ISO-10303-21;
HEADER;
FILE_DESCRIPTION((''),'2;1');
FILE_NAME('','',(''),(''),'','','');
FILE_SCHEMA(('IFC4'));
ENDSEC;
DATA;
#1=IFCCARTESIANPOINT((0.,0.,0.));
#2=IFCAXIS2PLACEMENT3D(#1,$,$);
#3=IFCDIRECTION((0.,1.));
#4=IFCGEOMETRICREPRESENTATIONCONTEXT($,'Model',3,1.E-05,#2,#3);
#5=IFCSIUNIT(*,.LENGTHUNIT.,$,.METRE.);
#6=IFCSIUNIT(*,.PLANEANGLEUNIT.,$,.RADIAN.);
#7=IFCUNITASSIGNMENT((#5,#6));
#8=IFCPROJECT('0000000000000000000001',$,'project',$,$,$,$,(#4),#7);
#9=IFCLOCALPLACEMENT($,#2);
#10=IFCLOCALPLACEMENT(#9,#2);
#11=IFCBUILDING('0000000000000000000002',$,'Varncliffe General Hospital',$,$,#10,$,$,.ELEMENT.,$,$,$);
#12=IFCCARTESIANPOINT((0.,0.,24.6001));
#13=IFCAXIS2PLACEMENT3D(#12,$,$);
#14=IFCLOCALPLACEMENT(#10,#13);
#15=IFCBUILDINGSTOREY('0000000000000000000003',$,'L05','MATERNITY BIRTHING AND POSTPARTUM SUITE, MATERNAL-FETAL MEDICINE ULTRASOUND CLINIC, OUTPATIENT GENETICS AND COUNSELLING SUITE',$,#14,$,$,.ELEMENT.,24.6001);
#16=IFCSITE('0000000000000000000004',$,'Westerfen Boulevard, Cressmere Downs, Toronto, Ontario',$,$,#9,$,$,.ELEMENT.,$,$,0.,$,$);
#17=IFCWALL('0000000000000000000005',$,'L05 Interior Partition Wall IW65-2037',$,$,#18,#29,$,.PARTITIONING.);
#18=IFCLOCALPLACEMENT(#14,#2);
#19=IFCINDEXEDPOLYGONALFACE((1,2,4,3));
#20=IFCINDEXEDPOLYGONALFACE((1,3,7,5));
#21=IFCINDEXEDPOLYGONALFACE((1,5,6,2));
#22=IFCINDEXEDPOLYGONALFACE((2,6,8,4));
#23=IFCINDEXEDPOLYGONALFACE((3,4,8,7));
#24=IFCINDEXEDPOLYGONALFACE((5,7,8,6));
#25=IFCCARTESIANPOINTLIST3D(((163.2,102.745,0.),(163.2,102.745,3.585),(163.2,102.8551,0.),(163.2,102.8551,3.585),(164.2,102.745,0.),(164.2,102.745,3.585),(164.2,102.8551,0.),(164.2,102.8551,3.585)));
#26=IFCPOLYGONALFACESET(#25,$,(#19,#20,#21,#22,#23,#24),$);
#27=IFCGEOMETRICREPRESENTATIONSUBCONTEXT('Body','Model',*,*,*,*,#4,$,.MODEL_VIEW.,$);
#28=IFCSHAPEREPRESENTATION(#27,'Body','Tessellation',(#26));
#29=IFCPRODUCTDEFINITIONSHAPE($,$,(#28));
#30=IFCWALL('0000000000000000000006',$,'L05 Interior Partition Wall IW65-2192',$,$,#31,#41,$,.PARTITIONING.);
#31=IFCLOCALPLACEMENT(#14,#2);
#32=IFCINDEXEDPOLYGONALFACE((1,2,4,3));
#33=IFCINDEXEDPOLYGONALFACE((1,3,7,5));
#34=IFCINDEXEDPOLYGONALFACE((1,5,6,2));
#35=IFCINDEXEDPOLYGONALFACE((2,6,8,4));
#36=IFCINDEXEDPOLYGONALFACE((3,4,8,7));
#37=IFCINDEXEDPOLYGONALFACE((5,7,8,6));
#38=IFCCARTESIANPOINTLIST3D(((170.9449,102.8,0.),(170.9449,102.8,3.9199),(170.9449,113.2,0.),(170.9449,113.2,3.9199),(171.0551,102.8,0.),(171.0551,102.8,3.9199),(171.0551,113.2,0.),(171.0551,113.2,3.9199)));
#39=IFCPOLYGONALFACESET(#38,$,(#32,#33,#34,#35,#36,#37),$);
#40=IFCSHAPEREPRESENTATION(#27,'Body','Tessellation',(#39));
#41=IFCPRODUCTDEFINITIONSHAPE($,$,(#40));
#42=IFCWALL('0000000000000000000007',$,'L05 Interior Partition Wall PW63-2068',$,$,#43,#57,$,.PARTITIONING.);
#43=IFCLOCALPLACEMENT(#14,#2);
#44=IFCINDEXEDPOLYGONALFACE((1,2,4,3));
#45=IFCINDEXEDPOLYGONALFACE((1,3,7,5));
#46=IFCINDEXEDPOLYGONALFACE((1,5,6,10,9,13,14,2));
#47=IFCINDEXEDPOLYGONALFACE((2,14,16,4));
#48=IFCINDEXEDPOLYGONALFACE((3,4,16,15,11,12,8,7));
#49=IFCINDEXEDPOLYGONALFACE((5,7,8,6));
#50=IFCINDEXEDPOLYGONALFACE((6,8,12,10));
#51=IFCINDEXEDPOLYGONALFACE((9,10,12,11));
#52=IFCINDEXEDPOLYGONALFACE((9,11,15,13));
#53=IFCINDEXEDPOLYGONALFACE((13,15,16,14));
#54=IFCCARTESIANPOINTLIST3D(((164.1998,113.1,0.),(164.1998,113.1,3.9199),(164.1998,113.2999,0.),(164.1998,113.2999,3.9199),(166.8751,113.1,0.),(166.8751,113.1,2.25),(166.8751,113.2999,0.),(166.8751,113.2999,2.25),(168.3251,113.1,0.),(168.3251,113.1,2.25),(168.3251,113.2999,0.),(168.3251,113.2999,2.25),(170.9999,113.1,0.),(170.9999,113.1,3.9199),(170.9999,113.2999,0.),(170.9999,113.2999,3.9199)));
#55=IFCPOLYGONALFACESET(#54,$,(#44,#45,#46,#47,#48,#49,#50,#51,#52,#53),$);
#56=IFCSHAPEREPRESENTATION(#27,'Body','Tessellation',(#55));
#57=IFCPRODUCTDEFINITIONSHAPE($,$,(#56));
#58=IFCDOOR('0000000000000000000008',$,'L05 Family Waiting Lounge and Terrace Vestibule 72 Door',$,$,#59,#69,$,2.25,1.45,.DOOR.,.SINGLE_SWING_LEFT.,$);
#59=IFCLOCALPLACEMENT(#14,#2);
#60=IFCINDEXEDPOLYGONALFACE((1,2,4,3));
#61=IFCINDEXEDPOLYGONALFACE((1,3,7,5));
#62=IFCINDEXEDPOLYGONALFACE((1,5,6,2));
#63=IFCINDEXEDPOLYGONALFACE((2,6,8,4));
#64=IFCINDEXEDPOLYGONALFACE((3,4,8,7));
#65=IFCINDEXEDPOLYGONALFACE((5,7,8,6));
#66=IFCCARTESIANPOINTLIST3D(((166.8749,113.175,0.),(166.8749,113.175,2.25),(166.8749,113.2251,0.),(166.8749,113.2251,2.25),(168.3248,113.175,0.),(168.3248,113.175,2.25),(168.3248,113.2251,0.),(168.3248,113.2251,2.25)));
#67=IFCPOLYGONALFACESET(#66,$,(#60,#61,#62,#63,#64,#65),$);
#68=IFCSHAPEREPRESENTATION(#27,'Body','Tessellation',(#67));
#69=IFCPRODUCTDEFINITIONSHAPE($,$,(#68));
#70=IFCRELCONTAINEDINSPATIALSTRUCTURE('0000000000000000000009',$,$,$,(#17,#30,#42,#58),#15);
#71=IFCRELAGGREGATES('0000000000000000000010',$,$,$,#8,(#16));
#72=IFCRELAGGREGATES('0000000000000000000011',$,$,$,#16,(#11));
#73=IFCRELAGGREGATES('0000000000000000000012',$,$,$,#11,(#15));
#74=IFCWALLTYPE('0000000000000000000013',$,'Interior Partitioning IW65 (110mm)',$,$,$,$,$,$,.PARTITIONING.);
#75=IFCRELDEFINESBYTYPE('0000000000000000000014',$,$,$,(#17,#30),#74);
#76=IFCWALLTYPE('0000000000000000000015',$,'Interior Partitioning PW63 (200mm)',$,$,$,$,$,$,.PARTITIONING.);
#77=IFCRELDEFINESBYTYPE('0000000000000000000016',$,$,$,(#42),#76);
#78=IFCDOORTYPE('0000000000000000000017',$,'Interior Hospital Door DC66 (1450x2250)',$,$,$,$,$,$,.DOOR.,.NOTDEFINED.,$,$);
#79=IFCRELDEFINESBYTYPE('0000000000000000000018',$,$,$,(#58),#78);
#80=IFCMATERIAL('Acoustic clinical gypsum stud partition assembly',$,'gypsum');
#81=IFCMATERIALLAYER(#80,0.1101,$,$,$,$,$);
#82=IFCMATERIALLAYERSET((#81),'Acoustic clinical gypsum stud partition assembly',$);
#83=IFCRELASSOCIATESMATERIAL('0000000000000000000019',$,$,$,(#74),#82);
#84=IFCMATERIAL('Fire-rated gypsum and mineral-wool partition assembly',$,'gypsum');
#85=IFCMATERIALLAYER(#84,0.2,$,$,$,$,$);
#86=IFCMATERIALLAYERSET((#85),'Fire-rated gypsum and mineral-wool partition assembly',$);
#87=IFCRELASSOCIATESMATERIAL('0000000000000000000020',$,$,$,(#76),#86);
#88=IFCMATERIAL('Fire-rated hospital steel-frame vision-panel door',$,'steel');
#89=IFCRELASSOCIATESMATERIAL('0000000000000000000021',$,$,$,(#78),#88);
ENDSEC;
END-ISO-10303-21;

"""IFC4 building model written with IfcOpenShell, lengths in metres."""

from ifc_helpers import new_model, si_unit, direction, frame, frame_2d, origin, place, context, subcontext, project, spatial, rectangle, extrude, material, layer, layer_set, type_object, element, fill, save


model = new_model("IFC4")

# Units and contexts
model_context = context("Model", 3, precision=1e-05, world=origin(), true_north=direction((0.0, 1.0)))
body_context = subcontext(model_context, "Body", "Model", "MODEL_VIEW")
ifc_project = project(units=[si_unit("LENGTHUNIT", "METRE"), si_unit("PLANEANGLEUNIT", "RADIAN")], contexts=[model_context])

# Site, building, storey
site_placement = place(None, origin())
site = spatial("IfcSite", under=ifc_project, at=site_placement, Name="Westerfen Boulevard, Cressmere Downs, Toronto, Ontario", CompositionType="ELEMENT", RefElevation=0.0)
building_placement = place(site_placement, origin())
building = spatial("IfcBuilding", under=site, at=building_placement, Name="Varncliffe General Hospital", CompositionType="ELEMENT")
storey_placement = place(building_placement, frame((0.0, 0.0, 24.6001)))
storey = spatial("IfcBuildingStorey", under=building, at=storey_placement, Name="L05", Description="MATERNITY BIRTHING AND POSTPARTUM SUITE, MATERNAL-FETAL MEDICINE ULTRASOUND CLINIC, OUTPATIENT GENETICS AND COUNSELLING SUITE", CompositionType="ELEMENT", Elevation=24.6001)

# Walls
ifc_material_1 = material(Name="Acoustic clinical gypsum stud partition assembly", Category="gypsum")
ifc_layer_1 = layer(ifc_material_1, 0.1101)
ifc_layer_set_1 = layer_set([ifc_layer_1], Name="Acoustic clinical gypsum stud partition assembly")
wall_type_1 = type_object("IfcWallType", Name="Interior Partitioning IW65 (110mm)", PredefinedType="PARTITIONING", material=ifc_layer_set_1)
wall_1_placement = place(storey_placement, frame((163.2, 102.8, 0.0), z_axis=(0.0, 0.0, 1.0), x_axis=(1.0, 0.0, 0.0)))
element("IfcWall", 1, at=wall_1_placement, inside=storey, type_object=wall_type_1, Name="L05 Interior Partition Wall IW65-2037", PredefinedType="PARTITIONING", context=body_context, shape_type="SweptSolid", body=[
    extrude(rectangle(XDim=1.0, YDim=0.1101, at=frame_2d((0.5, 0.0))), origin(), (0.0, 0.0, 1.0), 3.585),
])
wall_2_placement = place(storey_placement, frame((171.0, 102.8, 0.0), z_axis=(0.0, 0.0, 1.0), x_axis=(0.0, 1.0, 0.0)))
element("IfcWall", 2, at=wall_2_placement, inside=storey, type_object=wall_type_1, Name="L05 Interior Partition Wall IW65-2192", PredefinedType="PARTITIONING", context=body_context, shape_type="SweptSolid", body=[
    extrude(rectangle(XDim=10.3999, YDim=0.1101, at=frame_2d((5.2, 0.0))), origin(), (0.0, 0.0, 1.0), 3.9199),
])

# Wall, opening, door
ifc_material_2 = material(Name="Fire-rated gypsum and mineral-wool partition assembly", Category="gypsum")
ifc_layer_2 = layer(ifc_material_2, 0.2)
ifc_layer_set_2 = layer_set([ifc_layer_2], Name="Fire-rated gypsum and mineral-wool partition assembly")
wall_type_2 = type_object("IfcWallType", Name="Interior Partitioning PW63 (200mm)", PredefinedType="PARTITIONING", material=ifc_layer_set_2)
wall_3_placement = place(storey_placement, frame((164.2, 113.2, 0.0), z_axis=(0.0, 0.0, 1.0), x_axis=(1.0, 0.0, 0.0)))
wall_3 = element("IfcWall", 3, at=wall_3_placement, inside=storey, type_object=wall_type_2, Name="L05 Interior Partition Wall PW63-2068", PredefinedType="PARTITIONING", context=body_context, shape_type="SweptSolid", body=[
    extrude(rectangle(XDim=6.8, YDim=0.2, at=frame_2d((3.3999, 0.0))), origin(), (0.0, 0.0, 1.0), 3.9199),
])
opening_1_placement = place(wall_3_placement, frame((2.675, 0.0, 0.0)))
opening_1 = element("IfcOpeningElement", 4, at=opening_1_placement, cuts=wall_3, PredefinedType="OPENING", context=body_context, shape_type="SweptSolid", body=[
    extrude(rectangle(XDim=1.45, YDim=2.25, at=frame_2d((0.7251, 1.125))), frame((0.0, 0.1099, 0.0), z_axis=(0.0, -1.0, 0.0), x_axis=(1.0, 0.0, 0.0)), (0.0, 0.0, 1.0), 0.22),
])
ifc_material_3 = material(Name="Fire-rated hospital steel-frame vision-panel door", Category="steel")
door_type = type_object("IfcDoorType", Name="Interior Hospital Door DC66 (1450x2250)", OperationType="NOTDEFINED", PredefinedType="DOOR", material=ifc_material_3)
door_placement = place(opening_1_placement, frame((1.45, 0.0, 0.0), z_axis=(0.0, 0.0, 1.0), x_axis=(-1.0, 0.0, 0.0)))
door = element("IfcDoor", 5, at=door_placement, inside=storey, type_object=door_type, Name="L05 Family Waiting Lounge and Terrace Vestibule 72 Door", OperationType="SINGLE_SWING_LEFT", OverallHeight=2.25, OverallWidth=1.45, PredefinedType="DOOR", context=body_context, shape_type="SweptSolid", body=[
    extrude(rectangle(XDim=1.45, YDim=2.25, at=frame_2d((0.7251, 1.125))), frame((0.0, 0.0249, 0.0), z_axis=(0.0, -1.0, 0.0), x_axis=(1.0, 0.0, 0.0)), (0.0, 0.0, 1.0), 0.05),
])
fill(opening_1, door)

save(model, "model.ifc")
